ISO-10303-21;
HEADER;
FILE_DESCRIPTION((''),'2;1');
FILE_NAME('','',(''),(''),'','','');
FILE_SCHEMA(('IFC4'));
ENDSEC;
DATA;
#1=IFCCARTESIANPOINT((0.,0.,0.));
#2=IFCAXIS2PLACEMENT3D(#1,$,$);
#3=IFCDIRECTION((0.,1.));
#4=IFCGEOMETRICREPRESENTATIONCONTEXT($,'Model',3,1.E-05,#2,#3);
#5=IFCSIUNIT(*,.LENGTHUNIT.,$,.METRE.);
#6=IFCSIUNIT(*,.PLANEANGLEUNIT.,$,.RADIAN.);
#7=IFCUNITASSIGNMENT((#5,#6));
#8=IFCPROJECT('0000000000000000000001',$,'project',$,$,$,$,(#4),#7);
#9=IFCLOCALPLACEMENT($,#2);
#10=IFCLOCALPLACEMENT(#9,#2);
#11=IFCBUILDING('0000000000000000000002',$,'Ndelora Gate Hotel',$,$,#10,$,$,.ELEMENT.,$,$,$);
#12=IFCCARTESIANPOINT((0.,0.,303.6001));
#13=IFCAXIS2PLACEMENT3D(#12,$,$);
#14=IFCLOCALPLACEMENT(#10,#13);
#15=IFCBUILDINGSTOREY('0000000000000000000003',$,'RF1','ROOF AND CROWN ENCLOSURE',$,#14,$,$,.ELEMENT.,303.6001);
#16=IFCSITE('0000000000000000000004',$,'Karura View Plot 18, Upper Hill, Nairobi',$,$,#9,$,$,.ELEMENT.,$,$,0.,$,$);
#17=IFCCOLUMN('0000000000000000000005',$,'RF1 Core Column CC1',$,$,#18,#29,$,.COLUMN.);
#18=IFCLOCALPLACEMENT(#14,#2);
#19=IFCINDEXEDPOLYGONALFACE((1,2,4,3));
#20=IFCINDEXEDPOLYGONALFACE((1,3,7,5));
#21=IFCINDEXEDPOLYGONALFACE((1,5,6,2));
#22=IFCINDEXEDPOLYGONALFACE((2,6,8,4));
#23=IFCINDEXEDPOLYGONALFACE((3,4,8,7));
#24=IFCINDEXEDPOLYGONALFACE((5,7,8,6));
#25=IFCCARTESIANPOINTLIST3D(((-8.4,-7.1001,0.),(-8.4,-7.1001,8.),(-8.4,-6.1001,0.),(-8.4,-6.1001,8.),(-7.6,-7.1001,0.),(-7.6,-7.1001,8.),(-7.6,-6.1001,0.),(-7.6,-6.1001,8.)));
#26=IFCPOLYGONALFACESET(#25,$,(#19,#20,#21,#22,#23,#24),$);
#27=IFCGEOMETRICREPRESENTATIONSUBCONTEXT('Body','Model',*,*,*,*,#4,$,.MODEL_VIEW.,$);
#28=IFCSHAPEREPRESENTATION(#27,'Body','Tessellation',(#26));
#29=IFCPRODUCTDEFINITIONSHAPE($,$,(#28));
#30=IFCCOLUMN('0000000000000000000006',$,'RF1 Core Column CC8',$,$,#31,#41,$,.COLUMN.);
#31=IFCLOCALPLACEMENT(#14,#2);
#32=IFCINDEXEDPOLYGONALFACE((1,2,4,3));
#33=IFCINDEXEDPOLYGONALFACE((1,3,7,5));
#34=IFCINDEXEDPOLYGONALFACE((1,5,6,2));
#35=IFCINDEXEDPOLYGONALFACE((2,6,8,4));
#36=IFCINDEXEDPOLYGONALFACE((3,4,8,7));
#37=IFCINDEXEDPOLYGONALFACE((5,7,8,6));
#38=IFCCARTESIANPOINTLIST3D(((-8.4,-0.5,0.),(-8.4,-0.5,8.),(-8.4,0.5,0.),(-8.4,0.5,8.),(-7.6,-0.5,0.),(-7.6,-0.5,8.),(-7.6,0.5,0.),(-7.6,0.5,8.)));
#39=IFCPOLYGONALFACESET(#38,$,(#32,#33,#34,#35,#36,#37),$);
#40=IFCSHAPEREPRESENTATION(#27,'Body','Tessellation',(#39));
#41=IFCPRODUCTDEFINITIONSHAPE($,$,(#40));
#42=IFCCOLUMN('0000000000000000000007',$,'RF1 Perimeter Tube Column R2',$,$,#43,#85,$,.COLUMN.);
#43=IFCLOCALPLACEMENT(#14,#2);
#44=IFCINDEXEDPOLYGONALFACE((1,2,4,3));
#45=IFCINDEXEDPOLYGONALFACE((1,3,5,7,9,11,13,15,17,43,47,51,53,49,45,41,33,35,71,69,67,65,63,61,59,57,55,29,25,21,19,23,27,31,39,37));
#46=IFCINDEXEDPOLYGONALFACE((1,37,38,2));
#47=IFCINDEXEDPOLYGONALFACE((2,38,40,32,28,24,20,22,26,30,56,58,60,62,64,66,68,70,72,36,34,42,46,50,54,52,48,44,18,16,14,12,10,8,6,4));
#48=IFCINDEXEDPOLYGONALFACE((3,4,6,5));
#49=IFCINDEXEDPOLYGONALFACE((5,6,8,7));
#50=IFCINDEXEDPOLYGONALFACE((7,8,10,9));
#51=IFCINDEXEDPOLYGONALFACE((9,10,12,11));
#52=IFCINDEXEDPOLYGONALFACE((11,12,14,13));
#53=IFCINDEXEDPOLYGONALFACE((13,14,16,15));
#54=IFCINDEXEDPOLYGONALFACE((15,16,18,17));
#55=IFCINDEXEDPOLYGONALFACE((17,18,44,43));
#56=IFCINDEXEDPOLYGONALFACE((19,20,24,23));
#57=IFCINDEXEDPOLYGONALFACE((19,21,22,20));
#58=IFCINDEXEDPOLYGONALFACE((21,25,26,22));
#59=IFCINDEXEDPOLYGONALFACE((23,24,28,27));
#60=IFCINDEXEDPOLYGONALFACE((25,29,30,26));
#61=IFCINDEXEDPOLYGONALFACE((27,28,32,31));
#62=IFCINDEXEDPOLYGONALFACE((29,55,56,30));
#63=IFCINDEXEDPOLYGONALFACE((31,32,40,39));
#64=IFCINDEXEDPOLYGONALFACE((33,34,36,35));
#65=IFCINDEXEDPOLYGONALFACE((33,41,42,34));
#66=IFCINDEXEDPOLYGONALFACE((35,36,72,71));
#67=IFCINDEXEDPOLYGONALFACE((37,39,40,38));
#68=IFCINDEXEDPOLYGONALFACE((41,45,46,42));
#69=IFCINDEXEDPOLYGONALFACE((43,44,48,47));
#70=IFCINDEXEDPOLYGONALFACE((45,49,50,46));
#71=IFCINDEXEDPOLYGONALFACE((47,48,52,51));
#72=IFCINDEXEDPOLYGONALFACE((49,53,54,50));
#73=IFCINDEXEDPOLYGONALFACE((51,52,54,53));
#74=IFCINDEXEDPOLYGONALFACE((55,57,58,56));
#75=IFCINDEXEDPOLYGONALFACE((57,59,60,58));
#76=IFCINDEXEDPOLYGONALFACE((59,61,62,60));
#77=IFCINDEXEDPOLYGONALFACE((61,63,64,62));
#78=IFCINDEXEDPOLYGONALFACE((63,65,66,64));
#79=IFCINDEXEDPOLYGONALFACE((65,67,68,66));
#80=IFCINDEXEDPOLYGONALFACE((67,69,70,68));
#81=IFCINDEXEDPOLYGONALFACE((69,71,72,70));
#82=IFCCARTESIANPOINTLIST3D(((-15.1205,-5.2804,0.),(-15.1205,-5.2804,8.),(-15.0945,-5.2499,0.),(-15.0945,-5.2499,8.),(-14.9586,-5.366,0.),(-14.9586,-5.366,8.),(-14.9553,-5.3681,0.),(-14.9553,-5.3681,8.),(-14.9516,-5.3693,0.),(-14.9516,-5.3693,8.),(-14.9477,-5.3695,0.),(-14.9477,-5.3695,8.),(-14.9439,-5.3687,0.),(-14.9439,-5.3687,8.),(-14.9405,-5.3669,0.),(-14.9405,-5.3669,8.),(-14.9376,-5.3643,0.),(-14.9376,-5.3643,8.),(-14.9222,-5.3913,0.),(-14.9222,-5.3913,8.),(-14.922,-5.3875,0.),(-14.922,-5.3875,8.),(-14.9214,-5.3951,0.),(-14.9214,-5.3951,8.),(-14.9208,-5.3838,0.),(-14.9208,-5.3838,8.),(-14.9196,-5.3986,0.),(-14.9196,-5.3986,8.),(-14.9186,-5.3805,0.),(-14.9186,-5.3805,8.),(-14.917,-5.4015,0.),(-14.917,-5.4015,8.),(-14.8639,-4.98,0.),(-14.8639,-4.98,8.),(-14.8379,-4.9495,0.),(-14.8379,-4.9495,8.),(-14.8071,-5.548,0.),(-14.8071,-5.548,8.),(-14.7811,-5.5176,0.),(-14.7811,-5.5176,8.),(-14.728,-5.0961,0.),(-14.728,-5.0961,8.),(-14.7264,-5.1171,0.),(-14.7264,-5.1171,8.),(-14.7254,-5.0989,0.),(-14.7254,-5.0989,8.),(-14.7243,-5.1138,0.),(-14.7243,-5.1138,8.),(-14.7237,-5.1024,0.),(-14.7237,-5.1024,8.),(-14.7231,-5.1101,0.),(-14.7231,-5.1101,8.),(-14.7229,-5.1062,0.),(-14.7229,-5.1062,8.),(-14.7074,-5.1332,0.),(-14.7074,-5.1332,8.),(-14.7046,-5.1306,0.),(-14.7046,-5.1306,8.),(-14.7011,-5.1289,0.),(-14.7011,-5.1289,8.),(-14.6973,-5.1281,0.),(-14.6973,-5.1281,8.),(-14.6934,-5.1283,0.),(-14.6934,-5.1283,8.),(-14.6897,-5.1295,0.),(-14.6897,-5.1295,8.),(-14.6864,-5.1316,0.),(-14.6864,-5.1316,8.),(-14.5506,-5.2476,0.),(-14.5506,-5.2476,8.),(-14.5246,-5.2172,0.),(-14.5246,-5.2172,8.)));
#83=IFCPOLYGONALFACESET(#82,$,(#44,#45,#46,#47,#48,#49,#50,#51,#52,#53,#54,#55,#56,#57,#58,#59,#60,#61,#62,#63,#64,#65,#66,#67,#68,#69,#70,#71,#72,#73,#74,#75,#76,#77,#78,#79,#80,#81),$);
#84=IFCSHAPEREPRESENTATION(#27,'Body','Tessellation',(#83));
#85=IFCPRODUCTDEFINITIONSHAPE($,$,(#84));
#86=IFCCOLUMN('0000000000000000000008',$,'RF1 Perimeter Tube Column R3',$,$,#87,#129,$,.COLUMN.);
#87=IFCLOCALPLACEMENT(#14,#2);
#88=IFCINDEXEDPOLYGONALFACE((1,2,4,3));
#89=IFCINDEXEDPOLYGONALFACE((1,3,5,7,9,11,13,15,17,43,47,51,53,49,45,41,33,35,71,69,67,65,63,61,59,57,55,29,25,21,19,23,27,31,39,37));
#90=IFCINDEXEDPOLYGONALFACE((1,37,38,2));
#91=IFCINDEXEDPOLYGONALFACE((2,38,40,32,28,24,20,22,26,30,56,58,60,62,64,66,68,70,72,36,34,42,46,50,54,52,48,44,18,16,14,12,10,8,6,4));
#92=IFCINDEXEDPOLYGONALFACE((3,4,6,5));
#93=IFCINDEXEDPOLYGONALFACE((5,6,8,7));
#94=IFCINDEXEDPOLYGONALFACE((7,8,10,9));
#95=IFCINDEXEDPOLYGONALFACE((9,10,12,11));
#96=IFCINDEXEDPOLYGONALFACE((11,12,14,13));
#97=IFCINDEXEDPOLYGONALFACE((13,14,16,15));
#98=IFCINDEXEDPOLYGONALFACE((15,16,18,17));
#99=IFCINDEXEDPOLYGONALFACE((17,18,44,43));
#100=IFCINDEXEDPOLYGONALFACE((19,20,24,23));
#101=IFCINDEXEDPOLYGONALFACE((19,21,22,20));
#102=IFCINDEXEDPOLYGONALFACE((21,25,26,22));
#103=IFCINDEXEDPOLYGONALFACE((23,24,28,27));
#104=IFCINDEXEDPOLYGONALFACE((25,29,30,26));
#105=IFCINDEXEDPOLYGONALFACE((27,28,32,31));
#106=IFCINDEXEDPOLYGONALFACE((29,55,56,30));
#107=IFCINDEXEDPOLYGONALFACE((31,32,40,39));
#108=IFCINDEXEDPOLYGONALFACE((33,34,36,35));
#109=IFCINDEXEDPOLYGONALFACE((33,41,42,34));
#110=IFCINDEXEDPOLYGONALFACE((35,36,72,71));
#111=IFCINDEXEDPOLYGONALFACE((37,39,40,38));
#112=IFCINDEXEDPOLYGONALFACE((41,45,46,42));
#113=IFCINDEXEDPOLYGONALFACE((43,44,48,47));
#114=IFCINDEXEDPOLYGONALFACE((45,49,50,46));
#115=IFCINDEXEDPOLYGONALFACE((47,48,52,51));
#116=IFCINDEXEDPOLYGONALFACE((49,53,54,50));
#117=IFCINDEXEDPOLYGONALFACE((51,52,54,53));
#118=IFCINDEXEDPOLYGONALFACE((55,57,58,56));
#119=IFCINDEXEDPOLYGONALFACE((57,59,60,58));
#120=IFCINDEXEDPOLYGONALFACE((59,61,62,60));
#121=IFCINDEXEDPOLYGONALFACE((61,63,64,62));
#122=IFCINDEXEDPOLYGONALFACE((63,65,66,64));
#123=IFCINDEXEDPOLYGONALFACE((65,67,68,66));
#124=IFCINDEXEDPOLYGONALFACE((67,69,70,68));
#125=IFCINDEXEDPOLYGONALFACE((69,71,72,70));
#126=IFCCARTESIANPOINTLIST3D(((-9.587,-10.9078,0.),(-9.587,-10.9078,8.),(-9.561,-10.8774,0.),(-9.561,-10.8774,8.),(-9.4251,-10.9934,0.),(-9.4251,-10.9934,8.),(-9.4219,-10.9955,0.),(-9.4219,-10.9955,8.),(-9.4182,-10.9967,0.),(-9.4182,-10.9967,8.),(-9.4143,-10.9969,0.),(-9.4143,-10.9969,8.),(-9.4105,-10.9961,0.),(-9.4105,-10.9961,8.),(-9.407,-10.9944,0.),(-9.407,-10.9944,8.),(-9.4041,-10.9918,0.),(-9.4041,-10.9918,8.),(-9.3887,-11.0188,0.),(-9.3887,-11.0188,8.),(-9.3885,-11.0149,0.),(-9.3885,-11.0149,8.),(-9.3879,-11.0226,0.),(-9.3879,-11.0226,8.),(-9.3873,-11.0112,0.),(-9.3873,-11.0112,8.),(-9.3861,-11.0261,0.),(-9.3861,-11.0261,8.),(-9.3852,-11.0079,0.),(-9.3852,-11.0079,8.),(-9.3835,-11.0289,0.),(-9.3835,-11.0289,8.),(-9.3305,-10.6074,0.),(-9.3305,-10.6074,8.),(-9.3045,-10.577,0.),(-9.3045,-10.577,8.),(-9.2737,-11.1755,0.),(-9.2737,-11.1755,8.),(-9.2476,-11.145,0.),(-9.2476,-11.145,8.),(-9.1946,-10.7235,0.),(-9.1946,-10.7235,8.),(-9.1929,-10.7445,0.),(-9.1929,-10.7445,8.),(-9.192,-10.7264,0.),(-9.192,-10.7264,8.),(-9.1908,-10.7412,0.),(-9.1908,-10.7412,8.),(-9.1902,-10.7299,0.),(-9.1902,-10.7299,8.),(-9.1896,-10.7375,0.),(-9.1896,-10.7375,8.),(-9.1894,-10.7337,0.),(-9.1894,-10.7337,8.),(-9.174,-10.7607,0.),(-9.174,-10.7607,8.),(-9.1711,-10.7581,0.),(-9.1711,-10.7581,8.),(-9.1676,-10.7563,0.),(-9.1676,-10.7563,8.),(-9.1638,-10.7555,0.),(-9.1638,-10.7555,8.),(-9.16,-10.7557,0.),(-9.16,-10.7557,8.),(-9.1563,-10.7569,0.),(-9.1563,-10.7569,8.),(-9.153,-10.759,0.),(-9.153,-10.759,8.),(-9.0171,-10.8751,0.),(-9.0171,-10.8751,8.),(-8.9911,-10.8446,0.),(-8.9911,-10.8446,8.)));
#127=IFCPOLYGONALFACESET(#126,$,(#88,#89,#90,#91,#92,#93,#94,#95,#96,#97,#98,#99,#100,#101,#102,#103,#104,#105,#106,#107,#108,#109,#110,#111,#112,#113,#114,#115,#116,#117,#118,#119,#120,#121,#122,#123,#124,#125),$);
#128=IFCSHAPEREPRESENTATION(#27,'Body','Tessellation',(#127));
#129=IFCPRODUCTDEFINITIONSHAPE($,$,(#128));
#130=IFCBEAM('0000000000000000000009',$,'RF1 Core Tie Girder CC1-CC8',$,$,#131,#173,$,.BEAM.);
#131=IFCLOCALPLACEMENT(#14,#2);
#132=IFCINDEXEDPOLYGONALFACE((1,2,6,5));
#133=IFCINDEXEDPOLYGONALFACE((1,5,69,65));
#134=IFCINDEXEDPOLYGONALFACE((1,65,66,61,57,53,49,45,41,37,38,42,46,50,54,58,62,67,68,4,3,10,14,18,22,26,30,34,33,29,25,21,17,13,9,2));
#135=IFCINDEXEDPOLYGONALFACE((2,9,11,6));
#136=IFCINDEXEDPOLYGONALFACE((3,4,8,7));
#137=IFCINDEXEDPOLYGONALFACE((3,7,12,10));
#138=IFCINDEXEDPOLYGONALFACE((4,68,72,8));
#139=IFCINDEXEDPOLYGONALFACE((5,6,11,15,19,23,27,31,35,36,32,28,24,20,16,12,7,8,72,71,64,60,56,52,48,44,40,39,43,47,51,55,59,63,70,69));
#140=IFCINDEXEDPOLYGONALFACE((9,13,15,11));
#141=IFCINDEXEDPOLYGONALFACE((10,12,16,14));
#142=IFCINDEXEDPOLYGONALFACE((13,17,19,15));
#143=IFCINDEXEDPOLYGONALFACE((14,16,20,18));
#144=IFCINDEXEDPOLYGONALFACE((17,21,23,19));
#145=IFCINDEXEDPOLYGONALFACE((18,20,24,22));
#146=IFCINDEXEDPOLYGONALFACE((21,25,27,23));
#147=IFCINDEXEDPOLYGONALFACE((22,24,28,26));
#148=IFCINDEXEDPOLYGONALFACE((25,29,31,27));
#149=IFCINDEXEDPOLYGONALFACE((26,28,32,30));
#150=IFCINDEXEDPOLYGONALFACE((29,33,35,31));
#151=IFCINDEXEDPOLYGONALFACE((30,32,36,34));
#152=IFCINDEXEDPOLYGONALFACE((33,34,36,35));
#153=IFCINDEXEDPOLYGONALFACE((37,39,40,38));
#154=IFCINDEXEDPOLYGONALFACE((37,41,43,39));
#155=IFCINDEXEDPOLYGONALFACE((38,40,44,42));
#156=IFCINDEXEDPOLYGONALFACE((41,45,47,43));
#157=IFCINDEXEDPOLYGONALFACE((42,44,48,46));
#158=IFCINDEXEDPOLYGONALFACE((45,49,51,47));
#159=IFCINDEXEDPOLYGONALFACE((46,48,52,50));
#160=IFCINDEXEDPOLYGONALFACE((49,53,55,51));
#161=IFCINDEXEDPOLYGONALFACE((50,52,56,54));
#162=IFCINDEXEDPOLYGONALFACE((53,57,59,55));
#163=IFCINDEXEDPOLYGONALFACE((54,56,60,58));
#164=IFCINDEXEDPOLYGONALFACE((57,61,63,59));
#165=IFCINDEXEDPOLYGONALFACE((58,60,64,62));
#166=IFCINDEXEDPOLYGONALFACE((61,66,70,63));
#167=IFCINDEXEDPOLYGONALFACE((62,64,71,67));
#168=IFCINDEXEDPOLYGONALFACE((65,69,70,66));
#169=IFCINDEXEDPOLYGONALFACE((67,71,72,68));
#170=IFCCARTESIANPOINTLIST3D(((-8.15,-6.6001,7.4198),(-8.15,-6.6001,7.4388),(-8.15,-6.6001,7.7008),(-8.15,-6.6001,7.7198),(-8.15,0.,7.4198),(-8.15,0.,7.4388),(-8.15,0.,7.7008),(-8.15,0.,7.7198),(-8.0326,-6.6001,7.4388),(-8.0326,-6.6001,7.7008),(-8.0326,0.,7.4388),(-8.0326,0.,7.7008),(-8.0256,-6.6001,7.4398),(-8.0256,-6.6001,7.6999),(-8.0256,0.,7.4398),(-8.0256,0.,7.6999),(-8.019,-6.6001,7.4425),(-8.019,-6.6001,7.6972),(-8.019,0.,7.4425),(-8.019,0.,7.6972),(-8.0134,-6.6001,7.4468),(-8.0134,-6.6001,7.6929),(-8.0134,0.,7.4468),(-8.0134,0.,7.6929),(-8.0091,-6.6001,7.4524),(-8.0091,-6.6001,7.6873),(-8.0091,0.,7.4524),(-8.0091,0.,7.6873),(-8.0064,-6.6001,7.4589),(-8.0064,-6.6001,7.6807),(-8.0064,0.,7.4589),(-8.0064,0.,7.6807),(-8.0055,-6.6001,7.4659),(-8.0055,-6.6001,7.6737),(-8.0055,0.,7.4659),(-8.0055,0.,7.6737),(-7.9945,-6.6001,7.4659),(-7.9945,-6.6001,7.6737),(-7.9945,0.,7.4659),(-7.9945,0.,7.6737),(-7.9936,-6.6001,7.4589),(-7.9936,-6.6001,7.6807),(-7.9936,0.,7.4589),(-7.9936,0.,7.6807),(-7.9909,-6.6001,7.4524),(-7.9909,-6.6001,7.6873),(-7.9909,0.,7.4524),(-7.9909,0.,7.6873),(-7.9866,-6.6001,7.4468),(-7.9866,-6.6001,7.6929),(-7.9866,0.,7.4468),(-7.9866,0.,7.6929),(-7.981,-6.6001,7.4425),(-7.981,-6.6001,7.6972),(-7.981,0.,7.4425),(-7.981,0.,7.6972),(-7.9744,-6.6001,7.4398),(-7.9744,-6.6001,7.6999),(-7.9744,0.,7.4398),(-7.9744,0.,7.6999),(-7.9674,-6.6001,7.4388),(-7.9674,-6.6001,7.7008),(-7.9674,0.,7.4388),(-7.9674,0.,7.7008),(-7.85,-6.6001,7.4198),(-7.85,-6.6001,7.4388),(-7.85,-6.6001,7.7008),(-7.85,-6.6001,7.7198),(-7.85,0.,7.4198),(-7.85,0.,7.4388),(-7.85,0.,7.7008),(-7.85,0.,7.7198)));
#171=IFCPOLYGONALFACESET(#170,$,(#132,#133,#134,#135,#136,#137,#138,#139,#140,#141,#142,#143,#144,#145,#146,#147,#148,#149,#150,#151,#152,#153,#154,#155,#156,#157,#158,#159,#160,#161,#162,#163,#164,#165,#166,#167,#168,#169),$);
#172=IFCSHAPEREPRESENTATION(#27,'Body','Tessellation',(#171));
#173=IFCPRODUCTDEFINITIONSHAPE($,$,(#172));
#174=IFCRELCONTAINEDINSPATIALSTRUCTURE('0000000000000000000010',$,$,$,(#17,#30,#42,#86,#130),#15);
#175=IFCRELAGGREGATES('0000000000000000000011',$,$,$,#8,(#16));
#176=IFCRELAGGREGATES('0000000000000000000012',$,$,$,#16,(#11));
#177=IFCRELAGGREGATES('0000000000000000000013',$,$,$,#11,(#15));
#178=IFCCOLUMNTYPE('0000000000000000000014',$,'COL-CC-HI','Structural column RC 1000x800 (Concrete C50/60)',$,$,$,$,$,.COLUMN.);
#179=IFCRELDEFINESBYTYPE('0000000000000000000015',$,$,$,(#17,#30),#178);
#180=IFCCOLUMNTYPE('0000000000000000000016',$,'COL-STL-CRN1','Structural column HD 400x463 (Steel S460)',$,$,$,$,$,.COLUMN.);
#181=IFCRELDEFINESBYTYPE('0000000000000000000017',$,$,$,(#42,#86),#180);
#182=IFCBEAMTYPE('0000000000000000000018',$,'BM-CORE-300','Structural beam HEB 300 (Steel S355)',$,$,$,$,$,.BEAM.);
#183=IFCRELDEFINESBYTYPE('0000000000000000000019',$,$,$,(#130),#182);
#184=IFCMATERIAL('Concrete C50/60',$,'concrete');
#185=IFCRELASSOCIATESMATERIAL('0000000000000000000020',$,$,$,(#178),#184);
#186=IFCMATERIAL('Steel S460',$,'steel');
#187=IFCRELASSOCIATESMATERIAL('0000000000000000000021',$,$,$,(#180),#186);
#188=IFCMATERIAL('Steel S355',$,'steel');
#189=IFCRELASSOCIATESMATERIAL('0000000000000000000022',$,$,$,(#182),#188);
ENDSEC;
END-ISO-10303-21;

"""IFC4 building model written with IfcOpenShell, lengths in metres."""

from ifc_helpers import new_model, si_unit, direction, frame, origin, origin_2d, place, context, subcontext, project, spatial, rectangle, i_section, extrude, material, material_profile, profile_set, type_object, element, save


model = new_model("IFC4")

# Units and contexts
model_context = context("Model", 3, precision=1e-05, world=origin(), true_north=direction((0.0, 1.0)))
body_context = subcontext(model_context, "Body", "Model", "MODEL_VIEW")
ifc_project = project(units=[si_unit("LENGTHUNIT", "METRE"), si_unit("PLANEANGLEUNIT", "RADIAN")], contexts=[model_context])

# Site, building, storey
site_placement = place(None, origin())
site = spatial("IfcSite", under=ifc_project, at=site_placement, Name="Karura View Plot 18, Upper Hill, Nairobi", CompositionType="ELEMENT", RefElevation=0.0)
building_placement = place(site_placement, origin())
building = spatial("IfcBuilding", under=site, at=building_placement, Name="Ndelora Gate Hotel", CompositionType="ELEMENT")
storey_placement = place(building_placement, frame((0.0, 0.0, 303.6001)))
storey = spatial("IfcBuildingStorey", under=building, at=storey_placement, Name="RF1", Description="ROOF AND CROWN ENCLOSURE", CompositionType="ELEMENT", Elevation=303.6001)

# Columns
ifc_material_1 = material(Name="Concrete C50/60", Category="concrete")
ifc_material_profile_1 = material_profile(ifc_material_1, rectangle(XDim=0.8, YDim=1.0, at=origin_2d()), Name="RC 1000x800")
ifc_profile_set_1 = profile_set([ifc_material_profile_1], Name="Concrete C50/60")
column_type_1 = type_object("IfcColumnType", Name="COL-CC-HI", Description="Structural column RC 1000x800 (Concrete C50/60)", PredefinedType="COLUMN", material=ifc_profile_set_1)
for number, where, z_axis, x_axis, name in (
    (1, (-8.0, -6.6001, 0.0), (0.0, 0.0, 1.0), (1.0, 0.0, 0.0), "RF1 Core Column CC1"),
    (2, (-8.0, 0.0, 0.0), (0.0, 0.0, 1.0), (1.0, 0.0, 0.0), "RF1 Core Column CC8"),
):
    element("IfcColumn", number, at=place(storey_placement, frame(where, z_axis=z_axis, x_axis=x_axis)), inside=storey, type_object=column_type_1, Name=name, PredefinedType="COLUMN", context=body_context, shape_type="SweptSolid", body=[
        extrude(rectangle(XDim=0.8, YDim=1.0, at=origin_2d()), origin(), (0.0, 0.0, 1.0), 8.0),
    ])
ifc_material_2 = material(Name="Steel S460", Category="steel")
ifc_material_profile_2 = material_profile(ifc_material_2, i_section(OverallWidth=0.4121, OverallDepth=0.4351, WebThickness=0.0249, FlangeThickness=0.04, FilletRadius=0.0149, at=origin_2d()), Name="HD 400x463")
ifc_profile_set_2 = profile_set([ifc_material_profile_2], Name="Steel S460")
column_type_2 = type_object("IfcColumnType", Name="COL-STL-CRN1", Description="Structural column HD 400x463 (Steel S460)", PredefinedType="COLUMN", material=ifc_profile_set_2)
for number, where, z_axis, x_axis, name in (
    (3, (-14.8225, -5.2488, 0.0), (0.0, 0.0, 1.0), (-0.760406, 0.649448, 0.0), "RF1 Perimeter Tube Column R2"),
    (4, (-9.2891, -10.8762, 0.0), (0.0, 0.0, 1.0), (-0.760406, 0.649448, 0.0), "RF1 Perimeter Tube Column R3"),
):
    element("IfcColumn", number, at=place(storey_placement, frame(where, z_axis=z_axis, x_axis=x_axis)), inside=storey, type_object=column_type_2, Name=name, PredefinedType="COLUMN", context=body_context, shape_type="SweptSolid", body=[
        extrude(i_section(OverallWidth=0.4121, OverallDepth=0.4351, WebThickness=0.0249, FlangeThickness=0.04, FilletRadius=0.0149, at=origin_2d()), origin(), (0.0, 0.0, 1.0), 8.0),
    ])

# Beam
ifc_material_3 = material(Name="Steel S355", Category="steel")
ifc_material_profile_3 = material_profile(ifc_material_3, i_section(OverallWidth=0.3, OverallDepth=0.3, WebThickness=0.011, FlangeThickness=0.019, FilletRadius=0.0271, at=origin_2d()), Name="HEB 300")
ifc_profile_set_3 = profile_set([ifc_material_profile_3], Name="Steel S355")
beam_type_1 = type_object("IfcBeamType", Name="BM-CORE-300", Description="Structural beam HEB 300 (Steel S355)", PredefinedType="BEAM", material=ifc_profile_set_3)
for number, where, z_axis, x_axis, name in (
    (5, (-8.0, -6.6001, 7.5698), (0.0, 1.0, 0.0), (-1.0, 0.0, 0.0), "RF1 Core Tie Girder CC1-CC8"),
):
    element("IfcBeam", number, at=place(storey_placement, frame(where, z_axis=z_axis, x_axis=x_axis)), inside=storey, type_object=beam_type_1, Name=name, PredefinedType="BEAM", context=body_context, shape_type="SweptSolid", body=[
        extrude(i_section(OverallWidth=0.3, OverallDepth=0.3, WebThickness=0.011, FlangeThickness=0.019, FilletRadius=0.0271, at=origin_2d()), origin(), (0.0, 0.0, 1.0), 6.6001),
    ])

save(model, "model.ifc")
